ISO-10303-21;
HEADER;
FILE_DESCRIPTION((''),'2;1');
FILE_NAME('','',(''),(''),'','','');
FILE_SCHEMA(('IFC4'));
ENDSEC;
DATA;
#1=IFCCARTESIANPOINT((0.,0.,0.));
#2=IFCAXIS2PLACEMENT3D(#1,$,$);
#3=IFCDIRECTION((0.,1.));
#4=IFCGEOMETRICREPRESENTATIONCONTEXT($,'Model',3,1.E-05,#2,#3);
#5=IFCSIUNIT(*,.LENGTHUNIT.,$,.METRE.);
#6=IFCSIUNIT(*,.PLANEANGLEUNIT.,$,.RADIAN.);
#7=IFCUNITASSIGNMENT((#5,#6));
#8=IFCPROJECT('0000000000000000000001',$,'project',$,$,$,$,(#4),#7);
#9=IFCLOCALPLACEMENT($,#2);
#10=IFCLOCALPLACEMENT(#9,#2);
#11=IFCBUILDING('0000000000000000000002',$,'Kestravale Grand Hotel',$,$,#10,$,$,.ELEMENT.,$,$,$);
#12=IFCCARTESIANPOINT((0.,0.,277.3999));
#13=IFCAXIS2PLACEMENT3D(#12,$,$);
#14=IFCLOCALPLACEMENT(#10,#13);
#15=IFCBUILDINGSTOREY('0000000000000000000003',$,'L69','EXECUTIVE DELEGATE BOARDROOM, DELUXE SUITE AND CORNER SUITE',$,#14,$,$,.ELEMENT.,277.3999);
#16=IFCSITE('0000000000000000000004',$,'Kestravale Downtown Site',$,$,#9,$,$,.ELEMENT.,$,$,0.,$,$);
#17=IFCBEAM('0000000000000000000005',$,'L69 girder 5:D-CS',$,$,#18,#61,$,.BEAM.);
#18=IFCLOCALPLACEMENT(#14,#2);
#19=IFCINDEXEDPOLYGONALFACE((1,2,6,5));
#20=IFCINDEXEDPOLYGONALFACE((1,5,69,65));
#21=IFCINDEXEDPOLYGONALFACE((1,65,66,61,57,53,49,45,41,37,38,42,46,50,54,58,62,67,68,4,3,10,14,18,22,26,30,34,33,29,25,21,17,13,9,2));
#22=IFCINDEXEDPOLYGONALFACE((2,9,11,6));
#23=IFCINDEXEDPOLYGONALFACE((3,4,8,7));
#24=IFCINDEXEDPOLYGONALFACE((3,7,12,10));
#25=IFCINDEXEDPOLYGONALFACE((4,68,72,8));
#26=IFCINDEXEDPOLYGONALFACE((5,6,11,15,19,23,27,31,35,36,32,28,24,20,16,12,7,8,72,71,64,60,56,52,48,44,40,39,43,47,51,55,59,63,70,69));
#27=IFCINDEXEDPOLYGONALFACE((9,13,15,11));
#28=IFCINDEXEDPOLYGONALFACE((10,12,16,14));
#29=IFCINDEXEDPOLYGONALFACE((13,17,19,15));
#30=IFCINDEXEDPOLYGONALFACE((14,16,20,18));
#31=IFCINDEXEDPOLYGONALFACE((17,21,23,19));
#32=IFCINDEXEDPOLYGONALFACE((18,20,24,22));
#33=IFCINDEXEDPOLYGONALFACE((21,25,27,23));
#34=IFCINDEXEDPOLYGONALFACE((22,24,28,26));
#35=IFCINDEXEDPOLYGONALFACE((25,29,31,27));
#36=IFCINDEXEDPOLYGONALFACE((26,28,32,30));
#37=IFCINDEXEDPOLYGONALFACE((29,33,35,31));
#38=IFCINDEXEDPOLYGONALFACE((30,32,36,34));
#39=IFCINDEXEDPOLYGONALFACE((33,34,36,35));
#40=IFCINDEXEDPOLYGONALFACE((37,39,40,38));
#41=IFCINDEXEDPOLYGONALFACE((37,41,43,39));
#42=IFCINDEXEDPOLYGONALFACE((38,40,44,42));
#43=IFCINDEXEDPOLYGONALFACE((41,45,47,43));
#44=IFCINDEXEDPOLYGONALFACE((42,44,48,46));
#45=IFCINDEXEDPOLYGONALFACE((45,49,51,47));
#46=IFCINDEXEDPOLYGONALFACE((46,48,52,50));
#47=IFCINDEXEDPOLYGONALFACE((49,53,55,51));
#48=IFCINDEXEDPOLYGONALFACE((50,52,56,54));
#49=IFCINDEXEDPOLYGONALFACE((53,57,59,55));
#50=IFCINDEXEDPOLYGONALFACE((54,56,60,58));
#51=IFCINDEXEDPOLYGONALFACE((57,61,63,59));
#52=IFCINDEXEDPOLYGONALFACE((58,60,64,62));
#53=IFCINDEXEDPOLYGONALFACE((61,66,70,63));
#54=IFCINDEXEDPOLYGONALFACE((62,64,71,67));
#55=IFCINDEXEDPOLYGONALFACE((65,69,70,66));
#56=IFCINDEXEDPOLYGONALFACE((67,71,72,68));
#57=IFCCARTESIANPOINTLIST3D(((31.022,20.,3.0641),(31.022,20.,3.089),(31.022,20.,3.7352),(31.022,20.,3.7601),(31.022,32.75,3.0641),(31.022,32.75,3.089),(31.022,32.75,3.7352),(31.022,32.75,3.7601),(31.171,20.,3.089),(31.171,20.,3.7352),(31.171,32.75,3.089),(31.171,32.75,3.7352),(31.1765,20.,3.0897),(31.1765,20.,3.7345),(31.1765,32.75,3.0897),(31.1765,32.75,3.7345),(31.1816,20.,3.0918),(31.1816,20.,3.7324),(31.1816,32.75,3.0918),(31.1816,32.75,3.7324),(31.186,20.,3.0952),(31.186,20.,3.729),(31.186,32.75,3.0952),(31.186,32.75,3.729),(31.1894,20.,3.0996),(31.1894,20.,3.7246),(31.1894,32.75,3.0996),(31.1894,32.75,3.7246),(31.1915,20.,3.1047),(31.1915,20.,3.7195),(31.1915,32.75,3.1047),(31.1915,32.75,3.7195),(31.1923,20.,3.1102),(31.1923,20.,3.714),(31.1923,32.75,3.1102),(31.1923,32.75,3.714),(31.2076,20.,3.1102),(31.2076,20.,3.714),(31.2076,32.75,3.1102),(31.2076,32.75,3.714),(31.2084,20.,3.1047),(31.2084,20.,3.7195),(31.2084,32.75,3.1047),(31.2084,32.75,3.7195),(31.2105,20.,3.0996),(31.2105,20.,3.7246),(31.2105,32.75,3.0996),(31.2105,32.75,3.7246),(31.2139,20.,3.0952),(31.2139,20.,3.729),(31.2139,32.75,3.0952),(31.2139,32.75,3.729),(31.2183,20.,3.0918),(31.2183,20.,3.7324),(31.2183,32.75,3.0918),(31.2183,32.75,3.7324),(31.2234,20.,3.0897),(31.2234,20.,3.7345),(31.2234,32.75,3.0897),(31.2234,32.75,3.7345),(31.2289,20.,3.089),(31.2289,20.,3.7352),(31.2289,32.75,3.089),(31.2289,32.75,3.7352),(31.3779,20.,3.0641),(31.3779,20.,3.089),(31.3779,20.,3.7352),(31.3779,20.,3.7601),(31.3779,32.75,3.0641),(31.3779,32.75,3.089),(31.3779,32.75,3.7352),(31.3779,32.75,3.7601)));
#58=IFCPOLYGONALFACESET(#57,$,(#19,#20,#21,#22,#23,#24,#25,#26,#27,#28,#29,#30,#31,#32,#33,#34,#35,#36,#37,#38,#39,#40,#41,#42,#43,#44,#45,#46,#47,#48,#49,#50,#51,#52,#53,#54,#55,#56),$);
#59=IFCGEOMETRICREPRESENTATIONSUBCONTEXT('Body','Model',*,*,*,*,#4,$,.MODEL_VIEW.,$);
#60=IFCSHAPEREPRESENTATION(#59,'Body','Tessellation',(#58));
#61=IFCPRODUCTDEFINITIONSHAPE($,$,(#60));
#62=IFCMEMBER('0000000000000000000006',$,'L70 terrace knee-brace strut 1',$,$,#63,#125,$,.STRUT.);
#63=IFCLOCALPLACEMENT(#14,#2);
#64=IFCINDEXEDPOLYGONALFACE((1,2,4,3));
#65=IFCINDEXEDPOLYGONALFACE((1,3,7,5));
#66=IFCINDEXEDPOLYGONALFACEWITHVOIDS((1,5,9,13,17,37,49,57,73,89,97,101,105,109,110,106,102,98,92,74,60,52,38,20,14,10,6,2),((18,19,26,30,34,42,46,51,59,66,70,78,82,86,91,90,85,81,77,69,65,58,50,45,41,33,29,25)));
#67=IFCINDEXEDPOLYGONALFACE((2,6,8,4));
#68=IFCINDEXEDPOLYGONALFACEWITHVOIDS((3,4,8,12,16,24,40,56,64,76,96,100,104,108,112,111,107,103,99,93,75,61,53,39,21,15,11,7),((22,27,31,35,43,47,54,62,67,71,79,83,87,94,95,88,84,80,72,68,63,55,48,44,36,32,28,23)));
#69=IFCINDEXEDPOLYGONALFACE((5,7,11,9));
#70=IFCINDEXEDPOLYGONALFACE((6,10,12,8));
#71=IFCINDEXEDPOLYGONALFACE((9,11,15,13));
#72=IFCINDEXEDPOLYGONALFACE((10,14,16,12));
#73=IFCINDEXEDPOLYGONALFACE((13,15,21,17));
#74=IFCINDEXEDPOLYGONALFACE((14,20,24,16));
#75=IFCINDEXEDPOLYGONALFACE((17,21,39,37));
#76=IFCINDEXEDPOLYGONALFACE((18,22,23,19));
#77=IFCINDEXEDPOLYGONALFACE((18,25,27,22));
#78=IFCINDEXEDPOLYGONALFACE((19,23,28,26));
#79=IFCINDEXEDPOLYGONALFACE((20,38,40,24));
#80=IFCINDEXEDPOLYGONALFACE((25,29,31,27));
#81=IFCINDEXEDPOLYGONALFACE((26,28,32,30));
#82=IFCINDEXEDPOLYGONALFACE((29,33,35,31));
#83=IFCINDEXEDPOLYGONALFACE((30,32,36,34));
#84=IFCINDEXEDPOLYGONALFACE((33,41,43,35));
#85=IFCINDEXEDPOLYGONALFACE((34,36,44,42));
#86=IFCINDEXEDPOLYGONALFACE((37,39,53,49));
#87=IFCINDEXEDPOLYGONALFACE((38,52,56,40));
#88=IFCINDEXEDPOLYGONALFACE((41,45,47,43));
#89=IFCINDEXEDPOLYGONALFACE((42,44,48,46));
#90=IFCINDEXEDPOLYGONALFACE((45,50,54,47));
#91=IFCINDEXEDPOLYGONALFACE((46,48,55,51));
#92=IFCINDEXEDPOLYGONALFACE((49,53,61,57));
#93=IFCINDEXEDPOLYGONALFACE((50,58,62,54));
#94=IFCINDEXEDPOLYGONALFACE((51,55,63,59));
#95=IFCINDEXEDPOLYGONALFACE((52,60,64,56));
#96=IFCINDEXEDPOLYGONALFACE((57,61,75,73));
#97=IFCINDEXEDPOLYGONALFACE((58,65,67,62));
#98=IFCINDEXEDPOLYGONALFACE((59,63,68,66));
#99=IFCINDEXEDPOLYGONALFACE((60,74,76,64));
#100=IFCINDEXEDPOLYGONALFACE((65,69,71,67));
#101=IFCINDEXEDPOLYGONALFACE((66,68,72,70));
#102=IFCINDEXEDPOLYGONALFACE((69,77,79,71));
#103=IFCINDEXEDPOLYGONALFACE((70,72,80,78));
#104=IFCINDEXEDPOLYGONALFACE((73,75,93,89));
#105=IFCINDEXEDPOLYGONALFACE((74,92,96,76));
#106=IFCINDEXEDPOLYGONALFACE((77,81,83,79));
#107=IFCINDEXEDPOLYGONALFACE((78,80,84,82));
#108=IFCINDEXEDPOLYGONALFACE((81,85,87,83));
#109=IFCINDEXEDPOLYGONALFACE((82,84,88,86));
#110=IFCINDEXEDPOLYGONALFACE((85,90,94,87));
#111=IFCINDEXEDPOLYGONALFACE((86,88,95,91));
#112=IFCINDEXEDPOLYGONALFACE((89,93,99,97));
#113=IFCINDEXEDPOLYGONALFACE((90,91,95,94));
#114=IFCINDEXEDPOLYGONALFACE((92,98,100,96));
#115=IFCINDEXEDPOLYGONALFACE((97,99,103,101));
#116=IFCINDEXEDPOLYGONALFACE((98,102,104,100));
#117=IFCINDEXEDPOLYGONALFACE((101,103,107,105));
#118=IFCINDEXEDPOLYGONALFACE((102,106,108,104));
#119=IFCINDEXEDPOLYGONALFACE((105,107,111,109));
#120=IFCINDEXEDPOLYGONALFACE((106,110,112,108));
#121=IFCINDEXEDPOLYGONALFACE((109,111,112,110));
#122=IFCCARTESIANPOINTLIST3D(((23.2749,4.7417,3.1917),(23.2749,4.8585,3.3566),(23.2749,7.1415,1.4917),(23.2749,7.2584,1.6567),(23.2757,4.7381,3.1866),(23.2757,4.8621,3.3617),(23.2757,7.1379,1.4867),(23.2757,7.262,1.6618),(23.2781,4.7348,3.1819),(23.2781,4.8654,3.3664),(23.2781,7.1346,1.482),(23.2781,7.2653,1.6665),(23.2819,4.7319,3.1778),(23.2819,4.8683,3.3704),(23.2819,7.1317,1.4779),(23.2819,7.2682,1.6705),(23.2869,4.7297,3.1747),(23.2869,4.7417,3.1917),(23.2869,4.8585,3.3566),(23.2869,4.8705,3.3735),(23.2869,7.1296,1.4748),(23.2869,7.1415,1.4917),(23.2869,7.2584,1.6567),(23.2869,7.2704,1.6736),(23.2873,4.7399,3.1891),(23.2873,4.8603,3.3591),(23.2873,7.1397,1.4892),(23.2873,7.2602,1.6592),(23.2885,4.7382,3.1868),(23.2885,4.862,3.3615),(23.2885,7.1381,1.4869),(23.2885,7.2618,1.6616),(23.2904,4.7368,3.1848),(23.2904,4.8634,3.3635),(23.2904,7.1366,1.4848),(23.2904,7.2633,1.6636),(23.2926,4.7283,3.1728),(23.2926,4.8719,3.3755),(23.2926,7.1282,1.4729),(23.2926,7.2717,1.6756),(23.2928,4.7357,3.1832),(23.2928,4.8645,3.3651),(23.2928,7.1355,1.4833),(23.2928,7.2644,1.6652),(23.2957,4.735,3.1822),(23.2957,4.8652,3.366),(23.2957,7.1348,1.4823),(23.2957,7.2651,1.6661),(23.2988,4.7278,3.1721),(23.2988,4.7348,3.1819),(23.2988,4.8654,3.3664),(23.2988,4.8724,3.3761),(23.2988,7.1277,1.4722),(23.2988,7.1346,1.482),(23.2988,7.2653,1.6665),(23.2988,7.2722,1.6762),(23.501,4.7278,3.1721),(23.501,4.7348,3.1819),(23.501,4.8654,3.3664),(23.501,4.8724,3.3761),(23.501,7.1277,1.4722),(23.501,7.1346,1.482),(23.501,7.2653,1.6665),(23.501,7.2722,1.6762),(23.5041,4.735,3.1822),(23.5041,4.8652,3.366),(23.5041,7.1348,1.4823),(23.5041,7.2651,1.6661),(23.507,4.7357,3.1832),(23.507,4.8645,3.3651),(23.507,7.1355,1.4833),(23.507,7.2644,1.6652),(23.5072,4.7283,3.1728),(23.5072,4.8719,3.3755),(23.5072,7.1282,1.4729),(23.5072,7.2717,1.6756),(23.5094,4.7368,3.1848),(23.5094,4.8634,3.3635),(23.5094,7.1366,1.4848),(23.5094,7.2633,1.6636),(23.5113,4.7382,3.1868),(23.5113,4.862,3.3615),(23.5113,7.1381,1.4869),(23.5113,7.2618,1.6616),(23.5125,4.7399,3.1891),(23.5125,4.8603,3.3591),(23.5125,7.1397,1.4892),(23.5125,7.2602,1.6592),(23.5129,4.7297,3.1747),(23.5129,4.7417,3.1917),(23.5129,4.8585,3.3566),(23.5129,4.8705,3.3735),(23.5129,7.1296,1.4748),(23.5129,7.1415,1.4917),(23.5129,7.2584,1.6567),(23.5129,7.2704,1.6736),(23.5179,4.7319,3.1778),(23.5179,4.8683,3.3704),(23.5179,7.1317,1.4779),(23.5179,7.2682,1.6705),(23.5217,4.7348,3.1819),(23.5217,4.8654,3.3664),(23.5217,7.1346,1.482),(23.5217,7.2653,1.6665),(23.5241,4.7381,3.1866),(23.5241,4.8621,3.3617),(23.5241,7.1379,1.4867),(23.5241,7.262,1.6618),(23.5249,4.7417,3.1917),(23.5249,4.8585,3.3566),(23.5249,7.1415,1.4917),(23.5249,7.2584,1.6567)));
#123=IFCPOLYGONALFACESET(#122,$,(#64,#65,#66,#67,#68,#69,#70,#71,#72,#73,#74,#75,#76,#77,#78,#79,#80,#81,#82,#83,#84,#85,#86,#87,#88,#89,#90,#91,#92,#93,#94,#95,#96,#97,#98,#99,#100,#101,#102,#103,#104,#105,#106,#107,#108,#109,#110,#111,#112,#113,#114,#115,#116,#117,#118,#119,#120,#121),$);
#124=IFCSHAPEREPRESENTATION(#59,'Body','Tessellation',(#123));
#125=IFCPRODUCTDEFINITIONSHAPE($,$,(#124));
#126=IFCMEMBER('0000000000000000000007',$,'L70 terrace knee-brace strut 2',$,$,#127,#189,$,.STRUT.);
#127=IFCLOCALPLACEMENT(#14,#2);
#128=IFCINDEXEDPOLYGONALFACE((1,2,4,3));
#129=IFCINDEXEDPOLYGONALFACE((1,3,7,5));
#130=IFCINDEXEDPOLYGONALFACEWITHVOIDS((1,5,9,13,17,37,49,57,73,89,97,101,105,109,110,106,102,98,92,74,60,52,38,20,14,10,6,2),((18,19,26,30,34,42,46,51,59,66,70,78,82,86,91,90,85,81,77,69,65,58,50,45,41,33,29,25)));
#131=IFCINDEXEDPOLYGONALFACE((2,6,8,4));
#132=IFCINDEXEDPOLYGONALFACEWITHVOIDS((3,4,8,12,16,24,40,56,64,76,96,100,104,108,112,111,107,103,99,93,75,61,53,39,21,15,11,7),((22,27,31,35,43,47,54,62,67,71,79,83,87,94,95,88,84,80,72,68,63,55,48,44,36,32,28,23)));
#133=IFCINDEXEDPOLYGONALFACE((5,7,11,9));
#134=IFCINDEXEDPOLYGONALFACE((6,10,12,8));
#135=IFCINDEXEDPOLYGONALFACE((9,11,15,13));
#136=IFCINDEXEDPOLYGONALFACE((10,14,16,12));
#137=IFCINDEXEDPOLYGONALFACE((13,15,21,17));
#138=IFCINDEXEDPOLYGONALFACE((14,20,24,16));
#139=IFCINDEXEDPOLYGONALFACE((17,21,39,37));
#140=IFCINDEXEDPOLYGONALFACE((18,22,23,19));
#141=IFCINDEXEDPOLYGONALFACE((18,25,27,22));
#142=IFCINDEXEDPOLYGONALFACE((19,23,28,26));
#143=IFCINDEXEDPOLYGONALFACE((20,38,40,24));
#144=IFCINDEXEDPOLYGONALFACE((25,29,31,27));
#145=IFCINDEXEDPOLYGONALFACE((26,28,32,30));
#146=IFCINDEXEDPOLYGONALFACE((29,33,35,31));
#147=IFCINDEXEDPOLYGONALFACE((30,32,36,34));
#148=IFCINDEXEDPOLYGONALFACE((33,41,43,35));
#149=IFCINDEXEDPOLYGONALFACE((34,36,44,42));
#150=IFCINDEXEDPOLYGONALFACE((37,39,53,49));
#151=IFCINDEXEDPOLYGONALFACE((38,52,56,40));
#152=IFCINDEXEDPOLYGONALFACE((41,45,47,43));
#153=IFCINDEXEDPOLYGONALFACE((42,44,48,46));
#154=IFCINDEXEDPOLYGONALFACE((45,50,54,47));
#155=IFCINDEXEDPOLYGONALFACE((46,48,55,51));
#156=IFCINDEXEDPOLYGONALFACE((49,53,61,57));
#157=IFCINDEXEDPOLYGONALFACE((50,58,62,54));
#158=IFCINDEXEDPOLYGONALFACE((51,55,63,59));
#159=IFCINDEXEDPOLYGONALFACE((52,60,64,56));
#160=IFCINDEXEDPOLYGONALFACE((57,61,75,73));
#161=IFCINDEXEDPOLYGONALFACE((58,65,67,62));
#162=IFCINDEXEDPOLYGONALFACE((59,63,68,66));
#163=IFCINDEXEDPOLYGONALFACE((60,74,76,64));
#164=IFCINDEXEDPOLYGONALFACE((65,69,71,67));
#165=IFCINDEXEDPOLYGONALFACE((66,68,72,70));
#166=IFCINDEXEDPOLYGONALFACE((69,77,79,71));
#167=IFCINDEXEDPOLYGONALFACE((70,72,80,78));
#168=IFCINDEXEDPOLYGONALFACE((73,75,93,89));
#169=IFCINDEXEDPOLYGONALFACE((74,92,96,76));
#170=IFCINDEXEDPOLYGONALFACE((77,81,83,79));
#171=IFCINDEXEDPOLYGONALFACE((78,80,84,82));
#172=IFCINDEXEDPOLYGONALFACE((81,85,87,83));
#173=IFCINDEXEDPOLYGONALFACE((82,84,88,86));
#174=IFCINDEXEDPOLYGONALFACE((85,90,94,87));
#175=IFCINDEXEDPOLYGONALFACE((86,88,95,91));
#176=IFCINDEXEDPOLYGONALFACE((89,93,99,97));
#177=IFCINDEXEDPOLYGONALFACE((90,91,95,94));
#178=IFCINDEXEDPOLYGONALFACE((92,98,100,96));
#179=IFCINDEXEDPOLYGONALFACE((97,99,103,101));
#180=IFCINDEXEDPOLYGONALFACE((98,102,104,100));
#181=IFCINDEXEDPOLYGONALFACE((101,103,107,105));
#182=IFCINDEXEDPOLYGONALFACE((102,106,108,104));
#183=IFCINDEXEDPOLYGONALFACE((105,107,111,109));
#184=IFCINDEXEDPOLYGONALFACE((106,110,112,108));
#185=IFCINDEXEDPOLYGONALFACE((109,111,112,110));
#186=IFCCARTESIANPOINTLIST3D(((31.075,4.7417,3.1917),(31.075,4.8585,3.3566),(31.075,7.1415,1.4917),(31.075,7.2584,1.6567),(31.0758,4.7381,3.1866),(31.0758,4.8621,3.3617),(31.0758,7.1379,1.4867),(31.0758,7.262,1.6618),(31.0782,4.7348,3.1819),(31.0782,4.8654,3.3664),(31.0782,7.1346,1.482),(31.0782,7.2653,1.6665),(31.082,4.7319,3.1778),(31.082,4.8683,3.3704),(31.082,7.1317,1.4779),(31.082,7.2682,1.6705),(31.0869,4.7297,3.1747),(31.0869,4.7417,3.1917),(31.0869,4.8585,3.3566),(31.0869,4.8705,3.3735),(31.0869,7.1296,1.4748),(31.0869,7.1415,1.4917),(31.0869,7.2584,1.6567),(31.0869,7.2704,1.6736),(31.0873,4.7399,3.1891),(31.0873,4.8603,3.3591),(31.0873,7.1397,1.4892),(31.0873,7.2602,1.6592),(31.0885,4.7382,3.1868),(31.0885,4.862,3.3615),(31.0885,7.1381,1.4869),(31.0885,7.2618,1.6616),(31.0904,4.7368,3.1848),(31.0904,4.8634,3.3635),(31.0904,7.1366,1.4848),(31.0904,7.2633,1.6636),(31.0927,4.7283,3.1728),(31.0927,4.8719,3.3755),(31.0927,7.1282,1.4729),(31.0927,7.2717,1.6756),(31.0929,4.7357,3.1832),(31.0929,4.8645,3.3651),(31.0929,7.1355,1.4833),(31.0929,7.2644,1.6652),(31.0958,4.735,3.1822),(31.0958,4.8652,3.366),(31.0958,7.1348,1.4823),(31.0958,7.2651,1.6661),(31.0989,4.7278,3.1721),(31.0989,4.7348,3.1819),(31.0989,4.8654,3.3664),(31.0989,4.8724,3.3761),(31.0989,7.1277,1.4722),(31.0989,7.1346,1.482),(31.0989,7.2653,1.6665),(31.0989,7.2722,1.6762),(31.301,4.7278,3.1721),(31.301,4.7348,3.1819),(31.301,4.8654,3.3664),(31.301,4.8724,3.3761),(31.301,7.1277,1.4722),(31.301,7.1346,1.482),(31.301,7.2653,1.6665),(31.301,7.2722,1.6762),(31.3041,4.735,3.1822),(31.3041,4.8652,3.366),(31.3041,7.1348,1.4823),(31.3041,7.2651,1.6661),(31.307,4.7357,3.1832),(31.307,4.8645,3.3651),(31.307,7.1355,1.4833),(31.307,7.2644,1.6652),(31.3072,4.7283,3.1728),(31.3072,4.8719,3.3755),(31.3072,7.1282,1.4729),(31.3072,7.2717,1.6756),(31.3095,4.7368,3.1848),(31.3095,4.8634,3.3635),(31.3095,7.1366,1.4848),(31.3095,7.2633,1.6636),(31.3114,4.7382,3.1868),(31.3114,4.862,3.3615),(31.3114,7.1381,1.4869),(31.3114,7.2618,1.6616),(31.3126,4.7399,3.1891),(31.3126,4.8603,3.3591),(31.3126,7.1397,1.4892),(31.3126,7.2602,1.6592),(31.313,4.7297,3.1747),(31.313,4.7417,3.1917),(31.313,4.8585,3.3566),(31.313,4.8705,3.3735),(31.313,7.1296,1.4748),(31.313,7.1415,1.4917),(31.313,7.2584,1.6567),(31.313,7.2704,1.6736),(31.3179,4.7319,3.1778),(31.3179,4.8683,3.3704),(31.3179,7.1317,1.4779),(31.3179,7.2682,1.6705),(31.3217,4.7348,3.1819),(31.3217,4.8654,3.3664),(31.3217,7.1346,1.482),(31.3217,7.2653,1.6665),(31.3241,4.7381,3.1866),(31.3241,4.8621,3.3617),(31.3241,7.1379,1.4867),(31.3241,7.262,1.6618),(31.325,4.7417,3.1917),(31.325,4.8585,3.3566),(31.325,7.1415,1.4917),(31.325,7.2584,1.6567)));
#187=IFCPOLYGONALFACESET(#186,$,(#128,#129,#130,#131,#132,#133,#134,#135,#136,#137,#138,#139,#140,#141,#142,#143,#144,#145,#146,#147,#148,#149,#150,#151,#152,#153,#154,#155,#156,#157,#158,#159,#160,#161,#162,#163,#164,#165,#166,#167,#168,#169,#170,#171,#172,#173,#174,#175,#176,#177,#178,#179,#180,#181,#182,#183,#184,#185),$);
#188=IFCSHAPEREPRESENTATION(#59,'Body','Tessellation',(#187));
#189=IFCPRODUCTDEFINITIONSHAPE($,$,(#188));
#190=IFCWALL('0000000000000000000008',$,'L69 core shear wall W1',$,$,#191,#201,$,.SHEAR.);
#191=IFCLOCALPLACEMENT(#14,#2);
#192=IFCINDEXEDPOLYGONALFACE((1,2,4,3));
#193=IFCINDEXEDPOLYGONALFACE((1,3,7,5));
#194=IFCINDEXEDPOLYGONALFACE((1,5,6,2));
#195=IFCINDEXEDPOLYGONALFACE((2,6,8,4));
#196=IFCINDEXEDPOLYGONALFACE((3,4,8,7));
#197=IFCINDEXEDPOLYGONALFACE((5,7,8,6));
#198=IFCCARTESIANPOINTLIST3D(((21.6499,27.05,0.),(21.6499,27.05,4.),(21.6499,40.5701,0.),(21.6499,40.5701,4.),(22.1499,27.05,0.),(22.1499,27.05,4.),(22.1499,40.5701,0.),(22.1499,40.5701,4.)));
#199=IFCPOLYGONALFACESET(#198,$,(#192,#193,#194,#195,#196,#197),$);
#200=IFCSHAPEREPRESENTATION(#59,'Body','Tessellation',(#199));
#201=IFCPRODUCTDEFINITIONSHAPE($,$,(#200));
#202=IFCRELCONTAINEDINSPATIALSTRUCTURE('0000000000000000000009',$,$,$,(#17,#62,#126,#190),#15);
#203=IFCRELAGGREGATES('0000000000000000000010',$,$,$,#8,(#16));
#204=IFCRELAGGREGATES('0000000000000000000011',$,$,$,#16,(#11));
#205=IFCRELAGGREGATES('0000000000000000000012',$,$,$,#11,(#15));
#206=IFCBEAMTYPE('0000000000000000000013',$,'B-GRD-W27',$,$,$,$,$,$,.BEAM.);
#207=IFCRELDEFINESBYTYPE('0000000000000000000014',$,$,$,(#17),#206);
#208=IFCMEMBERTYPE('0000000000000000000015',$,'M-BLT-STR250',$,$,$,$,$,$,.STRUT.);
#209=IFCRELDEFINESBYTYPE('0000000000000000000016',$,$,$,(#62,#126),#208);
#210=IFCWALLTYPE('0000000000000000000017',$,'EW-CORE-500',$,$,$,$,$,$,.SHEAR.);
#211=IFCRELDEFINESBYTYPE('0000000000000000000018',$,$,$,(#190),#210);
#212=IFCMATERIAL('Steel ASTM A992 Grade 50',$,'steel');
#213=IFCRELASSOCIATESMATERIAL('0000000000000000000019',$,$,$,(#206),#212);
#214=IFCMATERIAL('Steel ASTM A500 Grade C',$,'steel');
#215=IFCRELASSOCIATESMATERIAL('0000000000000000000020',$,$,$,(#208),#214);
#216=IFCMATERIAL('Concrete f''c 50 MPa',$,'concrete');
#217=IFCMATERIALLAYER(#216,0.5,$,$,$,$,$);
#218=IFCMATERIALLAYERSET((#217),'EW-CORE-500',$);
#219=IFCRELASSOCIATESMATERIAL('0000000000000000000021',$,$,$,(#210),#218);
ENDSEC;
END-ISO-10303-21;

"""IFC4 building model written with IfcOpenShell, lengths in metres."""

from ifc_helpers import new_model, si_unit, direction, frame, frame_2d, origin, origin_2d, place, context, subcontext, project, spatial, rectangle, hollow_rectangle, i_section, extrude, material, layer, layer_set, material_profile, profile_set, type_object, element, save


model = new_model("IFC4")

# Units and contexts
model_context = context("Model", 3, precision=1e-05, world=origin(), true_north=direction((0.0, 1.0)))
body_context = subcontext(model_context, "Body", "Model", "MODEL_VIEW")
ifc_project = project(units=[si_unit("LENGTHUNIT", "METRE"), si_unit("PLANEANGLEUNIT", "RADIAN")], contexts=[model_context])

# Site, building, storey
site_placement = place(None, origin())
site = spatial("IfcSite", under=ifc_project, at=site_placement, Name="Kestravale Downtown Site", CompositionType="ELEMENT", RefElevation=0.0)
building_placement = place(site_placement, origin())
building = spatial("IfcBuilding", under=site, at=building_placement, Name="Kestravale Grand Hotel", CompositionType="ELEMENT")
storey_placement = place(building_placement, frame((0.0, 0.0, 277.3999)))
storey = spatial("IfcBuildingStorey", under=building, at=storey_placement, Name="L69", Description="EXECUTIVE DELEGATE BOARDROOM, DELUXE SUITE AND CORNER SUITE", CompositionType="ELEMENT", Elevation=277.3999)

# Beam
ifc_material_1 = material(Name="Steel ASTM A992 Grade 50", Category="steel")
ifc_material_profile_1 = material_profile(ifc_material_1, i_section(OverallWidth=0.356, OverallDepth=0.696, WebThickness=0.0154, FlangeThickness=0.0249, FilletRadius=0.0212, at=origin_2d()))
ifc_profile_set_1 = profile_set([ifc_material_profile_1], Name="Steel ASTM A992 Grade 50")
beam_type_1 = type_object("IfcBeamType", Name="B-GRD-W27", PredefinedType="BEAM", material=ifc_profile_set_1)
beam_1_placement = place(storey_placement, frame((31.2, 20.0, 3.4121), z_axis=(0.0, 1.0, 0.0), x_axis=(-1.0, 0.0, 0.0)))
element("IfcBeam", 1, at=beam_1_placement, inside=storey, type_object=beam_type_1, Name="L69 girder 5:D-CS", PredefinedType="BEAM", context=body_context, shape_type="SweptSolid", body=[
    extrude(i_section(OverallWidth=0.356, OverallDepth=0.696, WebThickness=0.0154, FlangeThickness=0.0249, FilletRadius=0.0212, at=origin_2d()), origin(), (0.0, 0.0, 1.0), 12.75),
])

# Members
ifc_material_2 = material(Name="Steel ASTM A500 Grade C", Category="steel")
ifc_material_profile_2 = material_profile(ifc_material_2, hollow_rectangle(XDim=0.25, YDim=0.25, WallThickness=0.012, InnerFilletRadius=0.012, OuterFilletRadius=0.0239, at=origin_2d()))
ifc_profile_set_2 = profile_set([ifc_material_profile_2], Name="Steel ASTM A500 Grade C")
member_type = type_object("IfcMemberType", Name="M-BLT-STR250", PredefinedType="STRUT", material=ifc_profile_set_2)
for number, where, z_axis, x_axis, name in (
    (2, (23.3999, 7.2, 1.5742), (0.0, -0.816021, 0.578022), (1.0, 0.0, 0.0), "L70 terrace knee-brace strut 1"),
    (3, (31.2, 7.2, 1.5742), (0.0, -0.816021, 0.578022), (1.0, 0.0, 0.0), "L70 terrace knee-brace strut 2"),
):
    element("IfcMember", number, at=place(storey_placement, frame(where, z_axis=z_axis, x_axis=x_axis)), inside=storey, type_object=member_type, Name=name, PredefinedType="STRUT", context=body_context, shape_type="SweptSolid", body=[
        extrude(hollow_rectangle(XDim=0.25, YDim=0.25, WallThickness=0.012, InnerFilletRadius=0.012, OuterFilletRadius=0.0239, at=origin_2d()), origin(), (0.0, 0.0, 1.0), 2.9409),
    ])

# Wall
ifc_material_3 = material(Name="Concrete f'c 50 MPa", Category="concrete")
ifc_layer_1 = layer(ifc_material_3, 0.5)
ifc_layer_set_1 = layer_set([ifc_layer_1], Name="EW-CORE-500")
wall_type_1 = type_object("IfcWallType", Name="EW-CORE-500", PredefinedType="SHEAR", material=ifc_layer_set_1)
wall_1_placement = place(storey_placement, frame((21.8999, 27.05, 0.0), z_axis=(0.0, 0.0, 1.0), x_axis=(0.0, 1.0, 0.0)))
element("IfcWall", 4, at=wall_1_placement, inside=storey, type_object=wall_type_1, Name="L69 core shear wall W1", PredefinedType="SHEAR", context=body_context, shape_type="SweptSolid", body=[
    extrude(rectangle(XDim=13.52, YDim=0.5, at=frame_2d((6.76, 0.0))), origin(), (0.0, 0.0, 1.0), 4.0),
])

save(model, "model.ifc")
